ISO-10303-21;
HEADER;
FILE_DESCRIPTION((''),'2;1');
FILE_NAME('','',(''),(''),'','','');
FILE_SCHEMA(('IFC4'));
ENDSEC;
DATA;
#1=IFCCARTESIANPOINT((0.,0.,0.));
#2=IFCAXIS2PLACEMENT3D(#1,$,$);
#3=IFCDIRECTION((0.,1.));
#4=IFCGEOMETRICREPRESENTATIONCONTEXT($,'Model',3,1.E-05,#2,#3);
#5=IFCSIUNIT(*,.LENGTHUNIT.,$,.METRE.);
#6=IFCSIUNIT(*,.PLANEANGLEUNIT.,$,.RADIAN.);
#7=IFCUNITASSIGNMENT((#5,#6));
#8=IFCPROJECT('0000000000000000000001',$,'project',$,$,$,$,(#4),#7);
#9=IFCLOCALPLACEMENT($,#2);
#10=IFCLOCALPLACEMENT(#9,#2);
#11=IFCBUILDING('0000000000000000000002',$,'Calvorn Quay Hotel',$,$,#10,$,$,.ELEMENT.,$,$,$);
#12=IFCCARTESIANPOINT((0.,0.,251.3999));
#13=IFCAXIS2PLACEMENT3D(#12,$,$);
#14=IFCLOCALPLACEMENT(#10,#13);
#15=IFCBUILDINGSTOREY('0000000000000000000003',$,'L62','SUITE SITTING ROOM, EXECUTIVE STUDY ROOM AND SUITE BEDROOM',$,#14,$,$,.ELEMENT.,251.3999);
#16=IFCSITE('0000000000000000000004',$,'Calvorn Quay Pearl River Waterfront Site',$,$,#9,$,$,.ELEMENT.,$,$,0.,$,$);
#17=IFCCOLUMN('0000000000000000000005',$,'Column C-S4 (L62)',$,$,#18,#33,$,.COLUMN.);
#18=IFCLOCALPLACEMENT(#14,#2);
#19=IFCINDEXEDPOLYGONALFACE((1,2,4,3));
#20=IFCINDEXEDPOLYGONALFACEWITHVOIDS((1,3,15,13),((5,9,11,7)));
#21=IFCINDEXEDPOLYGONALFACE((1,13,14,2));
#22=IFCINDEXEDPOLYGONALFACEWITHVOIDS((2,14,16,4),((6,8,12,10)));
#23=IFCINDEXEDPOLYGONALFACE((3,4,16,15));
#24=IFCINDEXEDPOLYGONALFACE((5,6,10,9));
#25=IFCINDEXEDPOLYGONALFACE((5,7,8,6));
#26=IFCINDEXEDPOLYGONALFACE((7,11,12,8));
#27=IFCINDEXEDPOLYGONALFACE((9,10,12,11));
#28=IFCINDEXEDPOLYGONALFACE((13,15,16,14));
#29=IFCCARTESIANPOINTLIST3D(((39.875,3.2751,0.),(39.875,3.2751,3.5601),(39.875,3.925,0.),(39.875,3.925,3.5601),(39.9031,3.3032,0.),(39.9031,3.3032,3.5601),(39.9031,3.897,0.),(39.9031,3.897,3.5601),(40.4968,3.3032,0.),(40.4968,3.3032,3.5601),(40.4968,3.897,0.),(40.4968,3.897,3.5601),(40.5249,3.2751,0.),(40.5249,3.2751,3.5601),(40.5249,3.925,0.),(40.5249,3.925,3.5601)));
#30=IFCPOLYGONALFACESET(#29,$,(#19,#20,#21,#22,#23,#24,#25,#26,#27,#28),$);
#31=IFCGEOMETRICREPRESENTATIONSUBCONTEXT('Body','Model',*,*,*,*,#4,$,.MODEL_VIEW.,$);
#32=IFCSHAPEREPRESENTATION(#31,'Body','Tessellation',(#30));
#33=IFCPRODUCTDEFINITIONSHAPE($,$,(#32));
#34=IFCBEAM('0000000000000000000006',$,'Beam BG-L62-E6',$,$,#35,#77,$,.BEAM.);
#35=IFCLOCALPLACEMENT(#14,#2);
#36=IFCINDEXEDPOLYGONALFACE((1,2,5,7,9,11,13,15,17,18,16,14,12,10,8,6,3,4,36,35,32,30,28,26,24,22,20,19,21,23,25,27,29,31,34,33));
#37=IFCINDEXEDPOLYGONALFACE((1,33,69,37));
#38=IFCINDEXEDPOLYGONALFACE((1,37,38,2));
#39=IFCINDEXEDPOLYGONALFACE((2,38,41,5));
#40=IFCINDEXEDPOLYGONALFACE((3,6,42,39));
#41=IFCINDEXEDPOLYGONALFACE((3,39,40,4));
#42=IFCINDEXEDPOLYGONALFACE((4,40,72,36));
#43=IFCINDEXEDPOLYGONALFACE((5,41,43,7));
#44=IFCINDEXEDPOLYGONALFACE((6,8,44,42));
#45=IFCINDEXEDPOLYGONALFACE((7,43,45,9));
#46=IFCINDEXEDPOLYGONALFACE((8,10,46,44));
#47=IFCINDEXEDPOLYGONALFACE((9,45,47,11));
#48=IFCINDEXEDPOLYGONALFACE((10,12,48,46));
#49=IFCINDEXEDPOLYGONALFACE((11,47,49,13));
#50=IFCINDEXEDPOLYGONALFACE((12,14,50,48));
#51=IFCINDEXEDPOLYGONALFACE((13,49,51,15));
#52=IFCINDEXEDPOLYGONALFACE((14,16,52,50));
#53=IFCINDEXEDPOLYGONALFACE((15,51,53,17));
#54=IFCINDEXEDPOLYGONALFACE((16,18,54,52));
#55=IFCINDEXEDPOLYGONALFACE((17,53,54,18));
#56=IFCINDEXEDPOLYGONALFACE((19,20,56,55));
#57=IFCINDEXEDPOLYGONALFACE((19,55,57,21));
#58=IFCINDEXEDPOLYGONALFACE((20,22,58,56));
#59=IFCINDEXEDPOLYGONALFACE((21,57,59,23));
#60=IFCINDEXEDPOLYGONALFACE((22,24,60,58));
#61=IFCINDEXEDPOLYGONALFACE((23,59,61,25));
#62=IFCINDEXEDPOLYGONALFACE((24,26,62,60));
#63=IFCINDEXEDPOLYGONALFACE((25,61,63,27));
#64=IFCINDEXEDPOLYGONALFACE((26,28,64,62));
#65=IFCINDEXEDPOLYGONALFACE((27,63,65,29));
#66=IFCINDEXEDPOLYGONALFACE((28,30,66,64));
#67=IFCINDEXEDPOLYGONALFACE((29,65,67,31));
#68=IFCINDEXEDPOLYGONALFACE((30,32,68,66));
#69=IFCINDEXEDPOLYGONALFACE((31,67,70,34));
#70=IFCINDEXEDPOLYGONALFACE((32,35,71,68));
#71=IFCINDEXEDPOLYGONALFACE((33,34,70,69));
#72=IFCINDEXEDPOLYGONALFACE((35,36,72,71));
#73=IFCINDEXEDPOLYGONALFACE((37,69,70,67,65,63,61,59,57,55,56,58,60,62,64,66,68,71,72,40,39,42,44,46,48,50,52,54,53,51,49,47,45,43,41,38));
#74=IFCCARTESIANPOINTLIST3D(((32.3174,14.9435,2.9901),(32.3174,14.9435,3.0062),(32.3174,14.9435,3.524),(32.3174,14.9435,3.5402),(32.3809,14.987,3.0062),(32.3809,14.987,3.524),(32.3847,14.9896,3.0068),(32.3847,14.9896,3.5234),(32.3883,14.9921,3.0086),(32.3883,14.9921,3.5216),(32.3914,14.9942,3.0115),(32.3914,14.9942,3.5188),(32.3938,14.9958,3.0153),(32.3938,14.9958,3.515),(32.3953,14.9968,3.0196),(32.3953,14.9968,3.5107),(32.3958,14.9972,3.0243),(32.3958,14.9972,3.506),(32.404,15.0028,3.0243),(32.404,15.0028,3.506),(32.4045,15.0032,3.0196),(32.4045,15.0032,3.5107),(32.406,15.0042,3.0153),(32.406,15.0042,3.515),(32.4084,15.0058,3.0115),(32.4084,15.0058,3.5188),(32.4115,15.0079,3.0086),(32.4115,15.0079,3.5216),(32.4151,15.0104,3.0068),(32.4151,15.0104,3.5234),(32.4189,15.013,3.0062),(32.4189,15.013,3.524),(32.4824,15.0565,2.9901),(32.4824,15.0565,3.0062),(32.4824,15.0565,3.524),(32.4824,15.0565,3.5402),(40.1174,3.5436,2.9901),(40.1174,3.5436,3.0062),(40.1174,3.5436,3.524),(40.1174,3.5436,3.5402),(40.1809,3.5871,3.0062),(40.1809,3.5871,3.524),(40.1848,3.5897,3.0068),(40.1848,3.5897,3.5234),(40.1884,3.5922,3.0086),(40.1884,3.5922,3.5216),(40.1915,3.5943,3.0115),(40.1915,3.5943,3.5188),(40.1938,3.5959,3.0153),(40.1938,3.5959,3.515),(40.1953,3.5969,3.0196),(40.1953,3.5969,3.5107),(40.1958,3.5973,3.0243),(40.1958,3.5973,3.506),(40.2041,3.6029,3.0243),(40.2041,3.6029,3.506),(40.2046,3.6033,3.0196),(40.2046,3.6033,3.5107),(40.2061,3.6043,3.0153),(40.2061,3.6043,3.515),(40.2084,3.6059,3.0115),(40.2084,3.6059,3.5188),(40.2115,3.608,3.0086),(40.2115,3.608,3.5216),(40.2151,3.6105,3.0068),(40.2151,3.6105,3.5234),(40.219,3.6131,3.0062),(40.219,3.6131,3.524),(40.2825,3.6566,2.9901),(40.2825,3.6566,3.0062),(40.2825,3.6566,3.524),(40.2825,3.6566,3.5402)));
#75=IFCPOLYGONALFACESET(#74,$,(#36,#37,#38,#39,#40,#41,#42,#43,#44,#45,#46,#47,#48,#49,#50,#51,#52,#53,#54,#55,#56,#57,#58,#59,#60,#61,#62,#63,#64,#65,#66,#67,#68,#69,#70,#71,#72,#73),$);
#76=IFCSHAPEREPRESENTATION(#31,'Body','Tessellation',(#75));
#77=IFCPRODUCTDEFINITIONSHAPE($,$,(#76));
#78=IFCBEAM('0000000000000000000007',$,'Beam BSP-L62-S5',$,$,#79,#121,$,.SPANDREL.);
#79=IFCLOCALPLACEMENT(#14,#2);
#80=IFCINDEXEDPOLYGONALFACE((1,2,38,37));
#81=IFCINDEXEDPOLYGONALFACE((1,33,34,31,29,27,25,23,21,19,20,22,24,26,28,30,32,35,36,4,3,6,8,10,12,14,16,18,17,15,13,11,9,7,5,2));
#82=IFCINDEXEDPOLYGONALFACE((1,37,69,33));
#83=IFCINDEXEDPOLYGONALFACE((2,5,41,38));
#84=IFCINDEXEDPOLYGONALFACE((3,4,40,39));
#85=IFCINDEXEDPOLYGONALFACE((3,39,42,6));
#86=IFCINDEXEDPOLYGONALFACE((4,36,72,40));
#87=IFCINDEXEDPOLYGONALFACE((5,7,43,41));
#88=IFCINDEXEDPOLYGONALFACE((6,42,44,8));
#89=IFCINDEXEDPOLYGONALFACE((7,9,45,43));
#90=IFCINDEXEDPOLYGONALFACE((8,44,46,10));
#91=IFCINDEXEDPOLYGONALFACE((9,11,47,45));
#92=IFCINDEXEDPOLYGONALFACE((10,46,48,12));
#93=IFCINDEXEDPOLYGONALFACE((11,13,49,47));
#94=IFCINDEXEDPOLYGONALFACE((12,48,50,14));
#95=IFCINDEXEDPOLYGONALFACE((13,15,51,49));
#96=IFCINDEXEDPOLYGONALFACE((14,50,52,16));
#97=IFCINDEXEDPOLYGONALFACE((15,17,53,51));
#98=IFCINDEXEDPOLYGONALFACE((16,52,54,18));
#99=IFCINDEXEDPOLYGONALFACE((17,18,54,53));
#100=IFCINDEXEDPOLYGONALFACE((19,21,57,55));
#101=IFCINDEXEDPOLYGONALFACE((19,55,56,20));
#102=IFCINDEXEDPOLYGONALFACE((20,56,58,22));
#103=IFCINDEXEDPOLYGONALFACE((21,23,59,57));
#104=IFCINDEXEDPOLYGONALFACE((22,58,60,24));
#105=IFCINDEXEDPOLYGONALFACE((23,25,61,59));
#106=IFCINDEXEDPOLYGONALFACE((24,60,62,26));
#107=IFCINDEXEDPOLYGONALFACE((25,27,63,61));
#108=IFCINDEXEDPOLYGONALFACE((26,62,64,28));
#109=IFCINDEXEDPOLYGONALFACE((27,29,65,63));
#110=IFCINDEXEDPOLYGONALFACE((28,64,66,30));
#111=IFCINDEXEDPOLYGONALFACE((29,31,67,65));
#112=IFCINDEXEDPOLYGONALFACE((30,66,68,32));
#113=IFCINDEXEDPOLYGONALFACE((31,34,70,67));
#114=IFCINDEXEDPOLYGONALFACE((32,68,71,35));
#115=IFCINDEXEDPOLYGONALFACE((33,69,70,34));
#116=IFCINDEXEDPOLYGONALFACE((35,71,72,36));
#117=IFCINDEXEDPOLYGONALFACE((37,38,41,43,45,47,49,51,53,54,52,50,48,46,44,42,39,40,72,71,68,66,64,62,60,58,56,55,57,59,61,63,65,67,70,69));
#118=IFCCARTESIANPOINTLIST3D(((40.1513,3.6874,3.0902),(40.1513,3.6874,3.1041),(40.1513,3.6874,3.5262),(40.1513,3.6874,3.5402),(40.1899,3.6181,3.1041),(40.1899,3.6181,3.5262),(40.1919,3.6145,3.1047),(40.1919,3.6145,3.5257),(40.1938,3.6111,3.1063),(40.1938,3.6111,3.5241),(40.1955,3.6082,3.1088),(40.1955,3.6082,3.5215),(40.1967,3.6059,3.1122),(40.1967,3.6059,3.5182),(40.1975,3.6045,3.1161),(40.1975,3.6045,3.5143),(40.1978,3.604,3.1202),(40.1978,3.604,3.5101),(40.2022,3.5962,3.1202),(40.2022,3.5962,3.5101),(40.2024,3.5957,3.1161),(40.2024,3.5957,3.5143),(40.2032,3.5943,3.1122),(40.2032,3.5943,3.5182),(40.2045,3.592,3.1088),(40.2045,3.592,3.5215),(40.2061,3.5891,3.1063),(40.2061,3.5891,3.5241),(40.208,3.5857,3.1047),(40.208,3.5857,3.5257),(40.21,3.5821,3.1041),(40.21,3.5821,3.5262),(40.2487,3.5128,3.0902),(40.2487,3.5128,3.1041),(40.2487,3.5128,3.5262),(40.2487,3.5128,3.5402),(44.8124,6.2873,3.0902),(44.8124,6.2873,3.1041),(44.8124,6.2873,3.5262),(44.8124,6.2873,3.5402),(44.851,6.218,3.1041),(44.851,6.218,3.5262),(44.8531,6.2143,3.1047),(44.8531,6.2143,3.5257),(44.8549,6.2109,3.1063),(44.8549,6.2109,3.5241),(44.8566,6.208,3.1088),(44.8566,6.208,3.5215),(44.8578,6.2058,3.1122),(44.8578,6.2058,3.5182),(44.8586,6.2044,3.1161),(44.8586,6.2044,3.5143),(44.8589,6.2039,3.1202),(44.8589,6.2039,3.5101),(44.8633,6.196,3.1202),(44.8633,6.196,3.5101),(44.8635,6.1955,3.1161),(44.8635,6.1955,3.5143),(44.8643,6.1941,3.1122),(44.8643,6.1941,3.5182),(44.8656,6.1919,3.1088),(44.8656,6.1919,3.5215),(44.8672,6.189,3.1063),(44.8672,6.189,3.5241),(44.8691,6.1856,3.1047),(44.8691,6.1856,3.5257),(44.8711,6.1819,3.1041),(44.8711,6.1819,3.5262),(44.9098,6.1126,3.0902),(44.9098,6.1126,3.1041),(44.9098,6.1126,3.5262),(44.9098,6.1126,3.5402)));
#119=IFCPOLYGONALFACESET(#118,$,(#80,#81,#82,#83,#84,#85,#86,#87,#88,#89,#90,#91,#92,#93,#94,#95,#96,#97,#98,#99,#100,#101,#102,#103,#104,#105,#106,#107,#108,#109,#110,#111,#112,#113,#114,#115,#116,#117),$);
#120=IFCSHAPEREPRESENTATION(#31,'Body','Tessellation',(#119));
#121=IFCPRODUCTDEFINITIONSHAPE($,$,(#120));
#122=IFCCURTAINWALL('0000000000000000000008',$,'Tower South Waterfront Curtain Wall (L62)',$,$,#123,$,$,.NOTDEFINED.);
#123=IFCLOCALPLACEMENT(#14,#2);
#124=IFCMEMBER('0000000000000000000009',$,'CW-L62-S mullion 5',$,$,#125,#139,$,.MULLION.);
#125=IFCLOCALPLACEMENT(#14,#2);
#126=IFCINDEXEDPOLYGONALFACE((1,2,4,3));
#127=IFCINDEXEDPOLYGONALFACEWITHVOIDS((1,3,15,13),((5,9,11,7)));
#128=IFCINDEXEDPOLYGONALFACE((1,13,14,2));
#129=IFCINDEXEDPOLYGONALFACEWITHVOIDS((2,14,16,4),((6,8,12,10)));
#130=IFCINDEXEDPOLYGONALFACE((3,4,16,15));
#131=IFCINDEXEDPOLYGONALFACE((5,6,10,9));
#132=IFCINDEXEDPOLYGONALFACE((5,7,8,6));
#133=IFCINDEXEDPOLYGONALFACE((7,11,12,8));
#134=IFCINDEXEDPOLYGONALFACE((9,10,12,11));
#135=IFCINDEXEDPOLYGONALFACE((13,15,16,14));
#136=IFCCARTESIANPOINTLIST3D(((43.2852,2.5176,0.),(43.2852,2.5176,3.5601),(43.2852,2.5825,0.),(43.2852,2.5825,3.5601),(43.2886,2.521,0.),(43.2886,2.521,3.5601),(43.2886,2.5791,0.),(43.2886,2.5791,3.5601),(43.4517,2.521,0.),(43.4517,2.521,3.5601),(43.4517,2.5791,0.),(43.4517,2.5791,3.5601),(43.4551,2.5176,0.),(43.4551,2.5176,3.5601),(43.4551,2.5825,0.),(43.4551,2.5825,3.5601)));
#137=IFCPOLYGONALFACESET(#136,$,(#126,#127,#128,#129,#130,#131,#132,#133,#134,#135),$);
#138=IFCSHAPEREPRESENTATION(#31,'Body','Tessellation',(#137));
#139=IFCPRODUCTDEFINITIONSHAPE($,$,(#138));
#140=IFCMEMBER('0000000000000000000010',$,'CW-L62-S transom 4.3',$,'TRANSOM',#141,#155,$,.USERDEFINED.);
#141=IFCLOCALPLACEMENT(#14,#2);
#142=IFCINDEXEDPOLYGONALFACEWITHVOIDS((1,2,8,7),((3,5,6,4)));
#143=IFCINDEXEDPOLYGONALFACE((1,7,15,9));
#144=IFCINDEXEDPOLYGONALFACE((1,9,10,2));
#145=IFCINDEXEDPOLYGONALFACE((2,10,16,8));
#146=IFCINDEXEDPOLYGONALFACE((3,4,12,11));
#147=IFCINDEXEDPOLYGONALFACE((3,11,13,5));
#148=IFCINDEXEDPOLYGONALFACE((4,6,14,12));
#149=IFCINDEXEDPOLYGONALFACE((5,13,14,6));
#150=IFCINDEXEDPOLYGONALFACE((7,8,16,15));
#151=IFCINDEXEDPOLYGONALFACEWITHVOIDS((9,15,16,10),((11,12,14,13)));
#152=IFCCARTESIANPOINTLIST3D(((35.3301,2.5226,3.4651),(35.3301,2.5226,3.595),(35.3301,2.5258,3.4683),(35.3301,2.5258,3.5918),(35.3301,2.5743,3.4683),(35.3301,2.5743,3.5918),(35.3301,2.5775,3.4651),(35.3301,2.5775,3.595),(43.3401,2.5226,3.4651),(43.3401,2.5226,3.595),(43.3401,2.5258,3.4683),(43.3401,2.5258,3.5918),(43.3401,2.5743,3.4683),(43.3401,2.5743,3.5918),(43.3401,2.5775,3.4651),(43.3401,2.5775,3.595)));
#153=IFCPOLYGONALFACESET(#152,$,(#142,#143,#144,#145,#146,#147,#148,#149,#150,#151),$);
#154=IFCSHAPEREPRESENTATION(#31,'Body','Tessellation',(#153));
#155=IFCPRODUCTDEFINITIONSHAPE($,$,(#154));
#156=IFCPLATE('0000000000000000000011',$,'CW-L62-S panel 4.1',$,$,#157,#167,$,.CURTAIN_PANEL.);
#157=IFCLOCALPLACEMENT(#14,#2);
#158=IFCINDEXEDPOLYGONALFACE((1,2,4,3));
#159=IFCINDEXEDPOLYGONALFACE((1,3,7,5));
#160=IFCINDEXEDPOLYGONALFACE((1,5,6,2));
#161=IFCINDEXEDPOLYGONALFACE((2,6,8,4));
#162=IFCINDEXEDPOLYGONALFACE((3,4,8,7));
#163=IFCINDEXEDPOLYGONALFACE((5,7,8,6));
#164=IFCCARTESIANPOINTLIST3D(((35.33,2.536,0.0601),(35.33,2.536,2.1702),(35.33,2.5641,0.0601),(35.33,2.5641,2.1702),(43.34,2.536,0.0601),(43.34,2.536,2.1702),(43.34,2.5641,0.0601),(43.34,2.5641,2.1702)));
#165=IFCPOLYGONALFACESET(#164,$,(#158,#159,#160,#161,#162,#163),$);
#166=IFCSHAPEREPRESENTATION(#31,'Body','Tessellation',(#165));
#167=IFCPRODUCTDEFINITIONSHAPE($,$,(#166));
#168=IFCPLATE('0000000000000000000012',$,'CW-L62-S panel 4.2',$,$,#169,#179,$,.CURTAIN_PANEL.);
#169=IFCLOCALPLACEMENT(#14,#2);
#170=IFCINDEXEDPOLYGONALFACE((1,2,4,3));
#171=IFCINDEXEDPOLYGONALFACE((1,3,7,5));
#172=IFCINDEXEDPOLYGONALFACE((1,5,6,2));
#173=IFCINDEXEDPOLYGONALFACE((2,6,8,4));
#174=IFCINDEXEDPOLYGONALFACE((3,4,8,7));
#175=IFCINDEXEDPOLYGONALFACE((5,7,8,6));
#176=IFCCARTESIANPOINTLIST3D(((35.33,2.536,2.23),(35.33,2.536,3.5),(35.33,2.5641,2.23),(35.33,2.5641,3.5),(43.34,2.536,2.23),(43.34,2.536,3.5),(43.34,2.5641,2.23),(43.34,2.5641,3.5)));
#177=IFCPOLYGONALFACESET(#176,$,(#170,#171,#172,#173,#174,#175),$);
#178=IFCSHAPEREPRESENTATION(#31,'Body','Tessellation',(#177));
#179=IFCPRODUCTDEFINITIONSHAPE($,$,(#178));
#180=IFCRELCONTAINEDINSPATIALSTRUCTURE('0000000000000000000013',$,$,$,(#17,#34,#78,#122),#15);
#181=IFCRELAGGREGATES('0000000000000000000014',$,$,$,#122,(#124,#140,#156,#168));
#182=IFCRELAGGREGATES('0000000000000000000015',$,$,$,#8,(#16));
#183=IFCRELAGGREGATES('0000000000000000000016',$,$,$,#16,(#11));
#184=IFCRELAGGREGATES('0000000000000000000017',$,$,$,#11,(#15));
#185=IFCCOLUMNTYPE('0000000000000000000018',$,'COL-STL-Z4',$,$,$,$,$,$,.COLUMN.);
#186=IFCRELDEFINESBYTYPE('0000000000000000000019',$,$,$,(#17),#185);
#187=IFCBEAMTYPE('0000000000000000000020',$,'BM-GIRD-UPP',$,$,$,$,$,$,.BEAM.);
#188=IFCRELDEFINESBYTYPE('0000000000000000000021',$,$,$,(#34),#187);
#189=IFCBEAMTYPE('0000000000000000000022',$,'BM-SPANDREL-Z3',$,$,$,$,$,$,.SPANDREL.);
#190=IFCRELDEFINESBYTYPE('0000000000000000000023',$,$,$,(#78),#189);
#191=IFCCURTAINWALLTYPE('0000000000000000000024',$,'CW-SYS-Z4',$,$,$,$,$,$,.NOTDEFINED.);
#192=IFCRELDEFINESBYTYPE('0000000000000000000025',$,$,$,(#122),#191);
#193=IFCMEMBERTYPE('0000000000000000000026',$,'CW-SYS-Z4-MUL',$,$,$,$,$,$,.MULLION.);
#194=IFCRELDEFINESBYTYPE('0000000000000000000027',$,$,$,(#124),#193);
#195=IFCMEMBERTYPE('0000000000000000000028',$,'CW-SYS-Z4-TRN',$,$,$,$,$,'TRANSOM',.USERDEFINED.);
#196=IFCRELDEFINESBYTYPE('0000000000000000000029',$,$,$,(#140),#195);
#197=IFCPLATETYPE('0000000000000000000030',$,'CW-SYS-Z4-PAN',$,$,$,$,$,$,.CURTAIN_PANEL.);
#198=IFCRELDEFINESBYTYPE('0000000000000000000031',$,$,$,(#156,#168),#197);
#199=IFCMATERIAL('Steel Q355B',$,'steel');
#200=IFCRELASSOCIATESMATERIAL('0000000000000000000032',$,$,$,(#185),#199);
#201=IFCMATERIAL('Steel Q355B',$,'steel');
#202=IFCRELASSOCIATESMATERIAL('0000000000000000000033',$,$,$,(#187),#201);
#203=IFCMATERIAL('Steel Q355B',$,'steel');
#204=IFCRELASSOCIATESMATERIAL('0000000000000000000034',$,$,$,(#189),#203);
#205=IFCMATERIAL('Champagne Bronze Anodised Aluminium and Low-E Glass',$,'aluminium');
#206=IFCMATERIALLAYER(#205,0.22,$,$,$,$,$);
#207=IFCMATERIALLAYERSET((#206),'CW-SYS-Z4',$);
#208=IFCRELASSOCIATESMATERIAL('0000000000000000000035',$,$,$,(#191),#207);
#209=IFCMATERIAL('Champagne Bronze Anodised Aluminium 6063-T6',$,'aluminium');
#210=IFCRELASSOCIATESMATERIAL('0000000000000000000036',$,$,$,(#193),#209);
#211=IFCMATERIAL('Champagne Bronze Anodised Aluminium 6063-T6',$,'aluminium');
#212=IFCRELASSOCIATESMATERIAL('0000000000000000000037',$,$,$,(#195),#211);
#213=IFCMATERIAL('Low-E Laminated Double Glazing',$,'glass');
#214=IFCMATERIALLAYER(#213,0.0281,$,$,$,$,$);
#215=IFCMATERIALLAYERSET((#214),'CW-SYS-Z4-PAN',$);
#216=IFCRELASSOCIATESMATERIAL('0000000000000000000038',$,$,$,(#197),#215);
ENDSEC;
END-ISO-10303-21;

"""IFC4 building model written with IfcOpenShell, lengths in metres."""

from ifc_helpers import new_model, si_unit, direction, frame, origin, origin_2d, place, context, subcontext, project, spatial, rectangle, hollow_rectangle, i_section, extrude, material, layer, layer_set, material_profile, profile_set, type_object, element, aggregate, save


model = new_model("IFC4")

# Units and contexts
model_context = context("Model", 3, precision=1e-05, world=origin(), true_north=direction((0.0, 1.0)))
body_context = subcontext(model_context, "Body", "Model", "MODEL_VIEW")
ifc_project = project(units=[si_unit("LENGTHUNIT", "METRE"), si_unit("PLANEANGLEUNIT", "RADIAN")], contexts=[model_context])

# Site, building, storey
site_placement = place(None, origin())
site = spatial("IfcSite", under=ifc_project, at=site_placement, Name="Calvorn Quay Pearl River Waterfront Site", CompositionType="ELEMENT", RefElevation=0.0)
building_placement = place(site_placement, origin())
building = spatial("IfcBuilding", under=site, at=building_placement, Name="Calvorn Quay Hotel", CompositionType="ELEMENT")
storey_placement = place(building_placement, frame((0.0, 0.0, 251.3999)))
storey = spatial("IfcBuildingStorey", under=building, at=storey_placement, Name="L62", Description="SUITE SITTING ROOM, EXECUTIVE STUDY ROOM AND SUITE BEDROOM", CompositionType="ELEMENT", Elevation=251.3999)

# Column
ifc_material_1 = material(Name="Steel Q355B", Category="steel")
ifc_material_profile_1 = material_profile(ifc_material_1, hollow_rectangle(XDim=0.6499, YDim=0.6499, WallThickness=0.0281, at=origin_2d()), Name="BOX650x650x28")
ifc_profile_set_1 = profile_set([ifc_material_profile_1], Name="Steel Q355B")
column_type = type_object("IfcColumnType", Name="COL-STL-Z4", PredefinedType="COLUMN", material=ifc_profile_set_1)
column_placement = place(storey_placement, frame((40.2, 3.6001, 0.0), z_axis=(0.0, 0.0, 1.0), x_axis=(1.0, 0.0, 0.0)))
element("IfcColumn", 1, at=column_placement, inside=storey, type_object=column_type, Name="Column C-S4 (L62)", PredefinedType="COLUMN", context=body_context, shape_type="SweptSolid", body=[
    extrude(hollow_rectangle(XDim=0.6499, YDim=0.6499, WallThickness=0.0281, at=origin_2d()), origin(), (0.0, 0.0, 1.0), 3.5601),
])

# Beams
ifc_material_2 = material(Name="Steel Q355B", Category="steel")
ifc_material_profile_2 = material_profile(ifc_material_2, i_section(OverallWidth=0.2, OverallDepth=0.55, WebThickness=0.01, FlangeThickness=0.0161, FilletRadius=0.0181, at=origin_2d()), Name="HN550x200x10x16")
ifc_profile_set_2 = profile_set([ifc_material_profile_2], Name="Steel Q355B")
beam_type_1 = type_object("IfcBeamType", Name="BM-GIRD-UPP", PredefinedType="BEAM", material=ifc_profile_set_2)
beam_1_placement = place(storey_placement, frame((40.2, 3.6001, 3.2651), z_axis=(-0.56469, 0.825303, 0.0), x_axis=(-0.825303, -0.56469, 0.0)))
element("IfcBeam", 2, at=beam_1_placement, inside=storey, type_object=beam_type_1, Name="Beam BG-L62-E6", PredefinedType="BEAM", context=body_context, shape_type="SweptSolid", body=[
    extrude(i_section(OverallWidth=0.2, OverallDepth=0.55, WebThickness=0.01, FlangeThickness=0.0161, FilletRadius=0.0181, at=origin_2d()), origin(), (0.0, 0.0, 1.0), 13.813),
])
ifc_material_3 = material(Name="Steel Q355B", Category="steel")
ifc_material_profile_3 = material_profile(ifc_material_3, i_section(OverallWidth=0.2, OverallDepth=0.45, WebThickness=0.009, FlangeThickness=0.0139, FilletRadius=0.0161, at=origin_2d()), Name="HN450x200x9x14")
ifc_profile_set_3 = profile_set([ifc_material_profile_3], Name="Steel Q355B")
beam_type_2 = type_object("IfcBeamType", Name="BM-SPANDREL-Z3", PredefinedType="SPANDREL", material=ifc_profile_set_3)
beam_2_placement = place(storey_placement, frame((40.2, 3.6001, 3.3152), z_axis=(0.873334, 0.487122, 0.0), x_axis=(-0.487122, 0.873334, 0.0)))
element("IfcBeam", 3, at=beam_2_placement, inside=storey, type_object=beam_type_2, Name="Beam BSP-L62-S5", PredefinedType="SPANDREL", context=body_context, shape_type="SweptSolid", body=[
    extrude(i_section(OverallWidth=0.2, OverallDepth=0.45, WebThickness=0.009, FlangeThickness=0.0139, FilletRadius=0.0161, at=origin_2d()), origin(), (0.0, 0.0, 1.0), 5.3372),
])

# Curtain wall, members, plates
ifc_material_4 = material(Name="Champagne Bronze Anodised Aluminium and Low-E Glass", Category="aluminium")
ifc_layer_1 = layer(ifc_material_4, 0.22)
ifc_layer_set_1 = layer_set([ifc_layer_1], Name="CW-SYS-Z4")
curtain_wall_type = type_object("IfcCurtainWallType", Name="CW-SYS-Z4", PredefinedType="NOTDEFINED", material=ifc_layer_set_1)
curtain_wall_placement = place(storey_placement, origin())
curtain_wall = element("IfcCurtainWall", 4, at=curtain_wall_placement, inside=storey, type_object=curtain_wall_type, Name="Tower South Waterfront Curtain Wall (L62)", PredefinedType="NOTDEFINED")
ifc_material_5 = material(Name="Champagne Bronze Anodised Aluminium 6063-T6", Category="aluminium")
ifc_material_profile_4 = material_profile(ifc_material_5, hollow_rectangle(XDim=0.0649, YDim=0.1699, WallThickness=0.0034, at=origin_2d()), Name="ALU-M170x65x3.5")
ifc_profile_set_4 = profile_set([ifc_material_profile_4], Name="Champagne Bronze Anodised Aluminium 6063-T6")
member_type_1 = type_object("IfcMemberType", Name="CW-SYS-Z4-MUL", PredefinedType="MULLION", material=ifc_profile_set_4)
member_1_placement = place(storey_placement, frame((43.3701, 2.55, 0.0), z_axis=(0.0, 0.0, 1.0), x_axis=(0.0, 1.0, 0.0)))
member_1 = element("IfcMember", 5, at=member_1_placement, type_object=member_type_1, Name="CW-L62-S mullion 5", PredefinedType="MULLION", context=body_context, shape_type="SweptSolid", body=[
    extrude(hollow_rectangle(XDim=0.0649, YDim=0.1699, WallThickness=0.0034, at=origin_2d()), origin(), (0.0, 0.0, 1.0), 3.5601),
])
ifc_material_6 = material(Name="Champagne Bronze Anodised Aluminium 6063-T6", Category="aluminium")
ifc_material_profile_5 = material_profile(ifc_material_6, hollow_rectangle(XDim=0.0549, YDim=0.1299, WallThickness=0.0032, at=origin_2d()), Name="ALU-T130x55x3.2")
ifc_profile_set_5 = profile_set([ifc_material_profile_5], Name="Champagne Bronze Anodised Aluminium 6063-T6")
member_type_2 = type_object("IfcMemberType", Name="CW-SYS-Z4-TRN", ElementType="TRANSOM", PredefinedType="USERDEFINED", material=ifc_profile_set_5)
member_2_placement = place(storey_placement, frame((35.3301, 2.55, 3.53), z_axis=(1.0, 0.0, 0.0), x_axis=(0.0, 1.0, 0.0)))
member_2 = element("IfcMember", 6, at=member_2_placement, type_object=member_type_2, Name="CW-L62-S transom 4.3", ObjectType="TRANSOM", PredefinedType="USERDEFINED", context=body_context, shape_type="SweptSolid", body=[
    extrude(hollow_rectangle(XDim=0.0549, YDim=0.1299, WallThickness=0.0032, at=origin_2d()), origin(), (0.0, 0.0, 1.0), 8.01),
])
ifc_material_7 = material(Name="Low-E Laminated Double Glazing", Category="glass")
ifc_layer_2 = layer(ifc_material_7, 0.0281)
ifc_layer_set_2 = layer_set([ifc_layer_2], Name="CW-SYS-Z4-PAN")
plate_type = type_object("IfcPlateType", Name="CW-SYS-Z4-PAN", PredefinedType="CURTAIN_PANEL", material=ifc_layer_set_2)
plate_1_placement = place(storey_placement, frame((39.335, 2.55, 0.0601), z_axis=(0.0, 0.0, 1.0), x_axis=(1.0, 0.0, 0.0)))
plate_1 = element("IfcPlate", 7, at=plate_1_placement, type_object=plate_type, Name="CW-L62-S panel 4.1", PredefinedType="CURTAIN_PANEL", context=body_context, shape_type="SweptSolid", body=[
    extrude(rectangle(XDim=8.01, YDim=0.0281, at=origin_2d()), origin(), (0.0, 0.0, 1.0), 2.1101),
])
plate_2_placement = place(storey_placement, frame((39.335, 2.55, 2.23), z_axis=(0.0, 0.0, 1.0), x_axis=(1.0, 0.0, 0.0)))
plate_2 = element("IfcPlate", 8, at=plate_2_placement, type_object=plate_type, Name="CW-L62-S panel 4.2", PredefinedType="CURTAIN_PANEL", context=body_context, shape_type="SweptSolid", body=[
    extrude(rectangle(XDim=8.01, YDim=0.0281, at=origin_2d()), origin(), (0.0, 0.0, 1.0), 1.27),
])
aggregate(curtain_wall, [member_1, member_2, plate_1, plate_2])

save(model, "model.ifc")
